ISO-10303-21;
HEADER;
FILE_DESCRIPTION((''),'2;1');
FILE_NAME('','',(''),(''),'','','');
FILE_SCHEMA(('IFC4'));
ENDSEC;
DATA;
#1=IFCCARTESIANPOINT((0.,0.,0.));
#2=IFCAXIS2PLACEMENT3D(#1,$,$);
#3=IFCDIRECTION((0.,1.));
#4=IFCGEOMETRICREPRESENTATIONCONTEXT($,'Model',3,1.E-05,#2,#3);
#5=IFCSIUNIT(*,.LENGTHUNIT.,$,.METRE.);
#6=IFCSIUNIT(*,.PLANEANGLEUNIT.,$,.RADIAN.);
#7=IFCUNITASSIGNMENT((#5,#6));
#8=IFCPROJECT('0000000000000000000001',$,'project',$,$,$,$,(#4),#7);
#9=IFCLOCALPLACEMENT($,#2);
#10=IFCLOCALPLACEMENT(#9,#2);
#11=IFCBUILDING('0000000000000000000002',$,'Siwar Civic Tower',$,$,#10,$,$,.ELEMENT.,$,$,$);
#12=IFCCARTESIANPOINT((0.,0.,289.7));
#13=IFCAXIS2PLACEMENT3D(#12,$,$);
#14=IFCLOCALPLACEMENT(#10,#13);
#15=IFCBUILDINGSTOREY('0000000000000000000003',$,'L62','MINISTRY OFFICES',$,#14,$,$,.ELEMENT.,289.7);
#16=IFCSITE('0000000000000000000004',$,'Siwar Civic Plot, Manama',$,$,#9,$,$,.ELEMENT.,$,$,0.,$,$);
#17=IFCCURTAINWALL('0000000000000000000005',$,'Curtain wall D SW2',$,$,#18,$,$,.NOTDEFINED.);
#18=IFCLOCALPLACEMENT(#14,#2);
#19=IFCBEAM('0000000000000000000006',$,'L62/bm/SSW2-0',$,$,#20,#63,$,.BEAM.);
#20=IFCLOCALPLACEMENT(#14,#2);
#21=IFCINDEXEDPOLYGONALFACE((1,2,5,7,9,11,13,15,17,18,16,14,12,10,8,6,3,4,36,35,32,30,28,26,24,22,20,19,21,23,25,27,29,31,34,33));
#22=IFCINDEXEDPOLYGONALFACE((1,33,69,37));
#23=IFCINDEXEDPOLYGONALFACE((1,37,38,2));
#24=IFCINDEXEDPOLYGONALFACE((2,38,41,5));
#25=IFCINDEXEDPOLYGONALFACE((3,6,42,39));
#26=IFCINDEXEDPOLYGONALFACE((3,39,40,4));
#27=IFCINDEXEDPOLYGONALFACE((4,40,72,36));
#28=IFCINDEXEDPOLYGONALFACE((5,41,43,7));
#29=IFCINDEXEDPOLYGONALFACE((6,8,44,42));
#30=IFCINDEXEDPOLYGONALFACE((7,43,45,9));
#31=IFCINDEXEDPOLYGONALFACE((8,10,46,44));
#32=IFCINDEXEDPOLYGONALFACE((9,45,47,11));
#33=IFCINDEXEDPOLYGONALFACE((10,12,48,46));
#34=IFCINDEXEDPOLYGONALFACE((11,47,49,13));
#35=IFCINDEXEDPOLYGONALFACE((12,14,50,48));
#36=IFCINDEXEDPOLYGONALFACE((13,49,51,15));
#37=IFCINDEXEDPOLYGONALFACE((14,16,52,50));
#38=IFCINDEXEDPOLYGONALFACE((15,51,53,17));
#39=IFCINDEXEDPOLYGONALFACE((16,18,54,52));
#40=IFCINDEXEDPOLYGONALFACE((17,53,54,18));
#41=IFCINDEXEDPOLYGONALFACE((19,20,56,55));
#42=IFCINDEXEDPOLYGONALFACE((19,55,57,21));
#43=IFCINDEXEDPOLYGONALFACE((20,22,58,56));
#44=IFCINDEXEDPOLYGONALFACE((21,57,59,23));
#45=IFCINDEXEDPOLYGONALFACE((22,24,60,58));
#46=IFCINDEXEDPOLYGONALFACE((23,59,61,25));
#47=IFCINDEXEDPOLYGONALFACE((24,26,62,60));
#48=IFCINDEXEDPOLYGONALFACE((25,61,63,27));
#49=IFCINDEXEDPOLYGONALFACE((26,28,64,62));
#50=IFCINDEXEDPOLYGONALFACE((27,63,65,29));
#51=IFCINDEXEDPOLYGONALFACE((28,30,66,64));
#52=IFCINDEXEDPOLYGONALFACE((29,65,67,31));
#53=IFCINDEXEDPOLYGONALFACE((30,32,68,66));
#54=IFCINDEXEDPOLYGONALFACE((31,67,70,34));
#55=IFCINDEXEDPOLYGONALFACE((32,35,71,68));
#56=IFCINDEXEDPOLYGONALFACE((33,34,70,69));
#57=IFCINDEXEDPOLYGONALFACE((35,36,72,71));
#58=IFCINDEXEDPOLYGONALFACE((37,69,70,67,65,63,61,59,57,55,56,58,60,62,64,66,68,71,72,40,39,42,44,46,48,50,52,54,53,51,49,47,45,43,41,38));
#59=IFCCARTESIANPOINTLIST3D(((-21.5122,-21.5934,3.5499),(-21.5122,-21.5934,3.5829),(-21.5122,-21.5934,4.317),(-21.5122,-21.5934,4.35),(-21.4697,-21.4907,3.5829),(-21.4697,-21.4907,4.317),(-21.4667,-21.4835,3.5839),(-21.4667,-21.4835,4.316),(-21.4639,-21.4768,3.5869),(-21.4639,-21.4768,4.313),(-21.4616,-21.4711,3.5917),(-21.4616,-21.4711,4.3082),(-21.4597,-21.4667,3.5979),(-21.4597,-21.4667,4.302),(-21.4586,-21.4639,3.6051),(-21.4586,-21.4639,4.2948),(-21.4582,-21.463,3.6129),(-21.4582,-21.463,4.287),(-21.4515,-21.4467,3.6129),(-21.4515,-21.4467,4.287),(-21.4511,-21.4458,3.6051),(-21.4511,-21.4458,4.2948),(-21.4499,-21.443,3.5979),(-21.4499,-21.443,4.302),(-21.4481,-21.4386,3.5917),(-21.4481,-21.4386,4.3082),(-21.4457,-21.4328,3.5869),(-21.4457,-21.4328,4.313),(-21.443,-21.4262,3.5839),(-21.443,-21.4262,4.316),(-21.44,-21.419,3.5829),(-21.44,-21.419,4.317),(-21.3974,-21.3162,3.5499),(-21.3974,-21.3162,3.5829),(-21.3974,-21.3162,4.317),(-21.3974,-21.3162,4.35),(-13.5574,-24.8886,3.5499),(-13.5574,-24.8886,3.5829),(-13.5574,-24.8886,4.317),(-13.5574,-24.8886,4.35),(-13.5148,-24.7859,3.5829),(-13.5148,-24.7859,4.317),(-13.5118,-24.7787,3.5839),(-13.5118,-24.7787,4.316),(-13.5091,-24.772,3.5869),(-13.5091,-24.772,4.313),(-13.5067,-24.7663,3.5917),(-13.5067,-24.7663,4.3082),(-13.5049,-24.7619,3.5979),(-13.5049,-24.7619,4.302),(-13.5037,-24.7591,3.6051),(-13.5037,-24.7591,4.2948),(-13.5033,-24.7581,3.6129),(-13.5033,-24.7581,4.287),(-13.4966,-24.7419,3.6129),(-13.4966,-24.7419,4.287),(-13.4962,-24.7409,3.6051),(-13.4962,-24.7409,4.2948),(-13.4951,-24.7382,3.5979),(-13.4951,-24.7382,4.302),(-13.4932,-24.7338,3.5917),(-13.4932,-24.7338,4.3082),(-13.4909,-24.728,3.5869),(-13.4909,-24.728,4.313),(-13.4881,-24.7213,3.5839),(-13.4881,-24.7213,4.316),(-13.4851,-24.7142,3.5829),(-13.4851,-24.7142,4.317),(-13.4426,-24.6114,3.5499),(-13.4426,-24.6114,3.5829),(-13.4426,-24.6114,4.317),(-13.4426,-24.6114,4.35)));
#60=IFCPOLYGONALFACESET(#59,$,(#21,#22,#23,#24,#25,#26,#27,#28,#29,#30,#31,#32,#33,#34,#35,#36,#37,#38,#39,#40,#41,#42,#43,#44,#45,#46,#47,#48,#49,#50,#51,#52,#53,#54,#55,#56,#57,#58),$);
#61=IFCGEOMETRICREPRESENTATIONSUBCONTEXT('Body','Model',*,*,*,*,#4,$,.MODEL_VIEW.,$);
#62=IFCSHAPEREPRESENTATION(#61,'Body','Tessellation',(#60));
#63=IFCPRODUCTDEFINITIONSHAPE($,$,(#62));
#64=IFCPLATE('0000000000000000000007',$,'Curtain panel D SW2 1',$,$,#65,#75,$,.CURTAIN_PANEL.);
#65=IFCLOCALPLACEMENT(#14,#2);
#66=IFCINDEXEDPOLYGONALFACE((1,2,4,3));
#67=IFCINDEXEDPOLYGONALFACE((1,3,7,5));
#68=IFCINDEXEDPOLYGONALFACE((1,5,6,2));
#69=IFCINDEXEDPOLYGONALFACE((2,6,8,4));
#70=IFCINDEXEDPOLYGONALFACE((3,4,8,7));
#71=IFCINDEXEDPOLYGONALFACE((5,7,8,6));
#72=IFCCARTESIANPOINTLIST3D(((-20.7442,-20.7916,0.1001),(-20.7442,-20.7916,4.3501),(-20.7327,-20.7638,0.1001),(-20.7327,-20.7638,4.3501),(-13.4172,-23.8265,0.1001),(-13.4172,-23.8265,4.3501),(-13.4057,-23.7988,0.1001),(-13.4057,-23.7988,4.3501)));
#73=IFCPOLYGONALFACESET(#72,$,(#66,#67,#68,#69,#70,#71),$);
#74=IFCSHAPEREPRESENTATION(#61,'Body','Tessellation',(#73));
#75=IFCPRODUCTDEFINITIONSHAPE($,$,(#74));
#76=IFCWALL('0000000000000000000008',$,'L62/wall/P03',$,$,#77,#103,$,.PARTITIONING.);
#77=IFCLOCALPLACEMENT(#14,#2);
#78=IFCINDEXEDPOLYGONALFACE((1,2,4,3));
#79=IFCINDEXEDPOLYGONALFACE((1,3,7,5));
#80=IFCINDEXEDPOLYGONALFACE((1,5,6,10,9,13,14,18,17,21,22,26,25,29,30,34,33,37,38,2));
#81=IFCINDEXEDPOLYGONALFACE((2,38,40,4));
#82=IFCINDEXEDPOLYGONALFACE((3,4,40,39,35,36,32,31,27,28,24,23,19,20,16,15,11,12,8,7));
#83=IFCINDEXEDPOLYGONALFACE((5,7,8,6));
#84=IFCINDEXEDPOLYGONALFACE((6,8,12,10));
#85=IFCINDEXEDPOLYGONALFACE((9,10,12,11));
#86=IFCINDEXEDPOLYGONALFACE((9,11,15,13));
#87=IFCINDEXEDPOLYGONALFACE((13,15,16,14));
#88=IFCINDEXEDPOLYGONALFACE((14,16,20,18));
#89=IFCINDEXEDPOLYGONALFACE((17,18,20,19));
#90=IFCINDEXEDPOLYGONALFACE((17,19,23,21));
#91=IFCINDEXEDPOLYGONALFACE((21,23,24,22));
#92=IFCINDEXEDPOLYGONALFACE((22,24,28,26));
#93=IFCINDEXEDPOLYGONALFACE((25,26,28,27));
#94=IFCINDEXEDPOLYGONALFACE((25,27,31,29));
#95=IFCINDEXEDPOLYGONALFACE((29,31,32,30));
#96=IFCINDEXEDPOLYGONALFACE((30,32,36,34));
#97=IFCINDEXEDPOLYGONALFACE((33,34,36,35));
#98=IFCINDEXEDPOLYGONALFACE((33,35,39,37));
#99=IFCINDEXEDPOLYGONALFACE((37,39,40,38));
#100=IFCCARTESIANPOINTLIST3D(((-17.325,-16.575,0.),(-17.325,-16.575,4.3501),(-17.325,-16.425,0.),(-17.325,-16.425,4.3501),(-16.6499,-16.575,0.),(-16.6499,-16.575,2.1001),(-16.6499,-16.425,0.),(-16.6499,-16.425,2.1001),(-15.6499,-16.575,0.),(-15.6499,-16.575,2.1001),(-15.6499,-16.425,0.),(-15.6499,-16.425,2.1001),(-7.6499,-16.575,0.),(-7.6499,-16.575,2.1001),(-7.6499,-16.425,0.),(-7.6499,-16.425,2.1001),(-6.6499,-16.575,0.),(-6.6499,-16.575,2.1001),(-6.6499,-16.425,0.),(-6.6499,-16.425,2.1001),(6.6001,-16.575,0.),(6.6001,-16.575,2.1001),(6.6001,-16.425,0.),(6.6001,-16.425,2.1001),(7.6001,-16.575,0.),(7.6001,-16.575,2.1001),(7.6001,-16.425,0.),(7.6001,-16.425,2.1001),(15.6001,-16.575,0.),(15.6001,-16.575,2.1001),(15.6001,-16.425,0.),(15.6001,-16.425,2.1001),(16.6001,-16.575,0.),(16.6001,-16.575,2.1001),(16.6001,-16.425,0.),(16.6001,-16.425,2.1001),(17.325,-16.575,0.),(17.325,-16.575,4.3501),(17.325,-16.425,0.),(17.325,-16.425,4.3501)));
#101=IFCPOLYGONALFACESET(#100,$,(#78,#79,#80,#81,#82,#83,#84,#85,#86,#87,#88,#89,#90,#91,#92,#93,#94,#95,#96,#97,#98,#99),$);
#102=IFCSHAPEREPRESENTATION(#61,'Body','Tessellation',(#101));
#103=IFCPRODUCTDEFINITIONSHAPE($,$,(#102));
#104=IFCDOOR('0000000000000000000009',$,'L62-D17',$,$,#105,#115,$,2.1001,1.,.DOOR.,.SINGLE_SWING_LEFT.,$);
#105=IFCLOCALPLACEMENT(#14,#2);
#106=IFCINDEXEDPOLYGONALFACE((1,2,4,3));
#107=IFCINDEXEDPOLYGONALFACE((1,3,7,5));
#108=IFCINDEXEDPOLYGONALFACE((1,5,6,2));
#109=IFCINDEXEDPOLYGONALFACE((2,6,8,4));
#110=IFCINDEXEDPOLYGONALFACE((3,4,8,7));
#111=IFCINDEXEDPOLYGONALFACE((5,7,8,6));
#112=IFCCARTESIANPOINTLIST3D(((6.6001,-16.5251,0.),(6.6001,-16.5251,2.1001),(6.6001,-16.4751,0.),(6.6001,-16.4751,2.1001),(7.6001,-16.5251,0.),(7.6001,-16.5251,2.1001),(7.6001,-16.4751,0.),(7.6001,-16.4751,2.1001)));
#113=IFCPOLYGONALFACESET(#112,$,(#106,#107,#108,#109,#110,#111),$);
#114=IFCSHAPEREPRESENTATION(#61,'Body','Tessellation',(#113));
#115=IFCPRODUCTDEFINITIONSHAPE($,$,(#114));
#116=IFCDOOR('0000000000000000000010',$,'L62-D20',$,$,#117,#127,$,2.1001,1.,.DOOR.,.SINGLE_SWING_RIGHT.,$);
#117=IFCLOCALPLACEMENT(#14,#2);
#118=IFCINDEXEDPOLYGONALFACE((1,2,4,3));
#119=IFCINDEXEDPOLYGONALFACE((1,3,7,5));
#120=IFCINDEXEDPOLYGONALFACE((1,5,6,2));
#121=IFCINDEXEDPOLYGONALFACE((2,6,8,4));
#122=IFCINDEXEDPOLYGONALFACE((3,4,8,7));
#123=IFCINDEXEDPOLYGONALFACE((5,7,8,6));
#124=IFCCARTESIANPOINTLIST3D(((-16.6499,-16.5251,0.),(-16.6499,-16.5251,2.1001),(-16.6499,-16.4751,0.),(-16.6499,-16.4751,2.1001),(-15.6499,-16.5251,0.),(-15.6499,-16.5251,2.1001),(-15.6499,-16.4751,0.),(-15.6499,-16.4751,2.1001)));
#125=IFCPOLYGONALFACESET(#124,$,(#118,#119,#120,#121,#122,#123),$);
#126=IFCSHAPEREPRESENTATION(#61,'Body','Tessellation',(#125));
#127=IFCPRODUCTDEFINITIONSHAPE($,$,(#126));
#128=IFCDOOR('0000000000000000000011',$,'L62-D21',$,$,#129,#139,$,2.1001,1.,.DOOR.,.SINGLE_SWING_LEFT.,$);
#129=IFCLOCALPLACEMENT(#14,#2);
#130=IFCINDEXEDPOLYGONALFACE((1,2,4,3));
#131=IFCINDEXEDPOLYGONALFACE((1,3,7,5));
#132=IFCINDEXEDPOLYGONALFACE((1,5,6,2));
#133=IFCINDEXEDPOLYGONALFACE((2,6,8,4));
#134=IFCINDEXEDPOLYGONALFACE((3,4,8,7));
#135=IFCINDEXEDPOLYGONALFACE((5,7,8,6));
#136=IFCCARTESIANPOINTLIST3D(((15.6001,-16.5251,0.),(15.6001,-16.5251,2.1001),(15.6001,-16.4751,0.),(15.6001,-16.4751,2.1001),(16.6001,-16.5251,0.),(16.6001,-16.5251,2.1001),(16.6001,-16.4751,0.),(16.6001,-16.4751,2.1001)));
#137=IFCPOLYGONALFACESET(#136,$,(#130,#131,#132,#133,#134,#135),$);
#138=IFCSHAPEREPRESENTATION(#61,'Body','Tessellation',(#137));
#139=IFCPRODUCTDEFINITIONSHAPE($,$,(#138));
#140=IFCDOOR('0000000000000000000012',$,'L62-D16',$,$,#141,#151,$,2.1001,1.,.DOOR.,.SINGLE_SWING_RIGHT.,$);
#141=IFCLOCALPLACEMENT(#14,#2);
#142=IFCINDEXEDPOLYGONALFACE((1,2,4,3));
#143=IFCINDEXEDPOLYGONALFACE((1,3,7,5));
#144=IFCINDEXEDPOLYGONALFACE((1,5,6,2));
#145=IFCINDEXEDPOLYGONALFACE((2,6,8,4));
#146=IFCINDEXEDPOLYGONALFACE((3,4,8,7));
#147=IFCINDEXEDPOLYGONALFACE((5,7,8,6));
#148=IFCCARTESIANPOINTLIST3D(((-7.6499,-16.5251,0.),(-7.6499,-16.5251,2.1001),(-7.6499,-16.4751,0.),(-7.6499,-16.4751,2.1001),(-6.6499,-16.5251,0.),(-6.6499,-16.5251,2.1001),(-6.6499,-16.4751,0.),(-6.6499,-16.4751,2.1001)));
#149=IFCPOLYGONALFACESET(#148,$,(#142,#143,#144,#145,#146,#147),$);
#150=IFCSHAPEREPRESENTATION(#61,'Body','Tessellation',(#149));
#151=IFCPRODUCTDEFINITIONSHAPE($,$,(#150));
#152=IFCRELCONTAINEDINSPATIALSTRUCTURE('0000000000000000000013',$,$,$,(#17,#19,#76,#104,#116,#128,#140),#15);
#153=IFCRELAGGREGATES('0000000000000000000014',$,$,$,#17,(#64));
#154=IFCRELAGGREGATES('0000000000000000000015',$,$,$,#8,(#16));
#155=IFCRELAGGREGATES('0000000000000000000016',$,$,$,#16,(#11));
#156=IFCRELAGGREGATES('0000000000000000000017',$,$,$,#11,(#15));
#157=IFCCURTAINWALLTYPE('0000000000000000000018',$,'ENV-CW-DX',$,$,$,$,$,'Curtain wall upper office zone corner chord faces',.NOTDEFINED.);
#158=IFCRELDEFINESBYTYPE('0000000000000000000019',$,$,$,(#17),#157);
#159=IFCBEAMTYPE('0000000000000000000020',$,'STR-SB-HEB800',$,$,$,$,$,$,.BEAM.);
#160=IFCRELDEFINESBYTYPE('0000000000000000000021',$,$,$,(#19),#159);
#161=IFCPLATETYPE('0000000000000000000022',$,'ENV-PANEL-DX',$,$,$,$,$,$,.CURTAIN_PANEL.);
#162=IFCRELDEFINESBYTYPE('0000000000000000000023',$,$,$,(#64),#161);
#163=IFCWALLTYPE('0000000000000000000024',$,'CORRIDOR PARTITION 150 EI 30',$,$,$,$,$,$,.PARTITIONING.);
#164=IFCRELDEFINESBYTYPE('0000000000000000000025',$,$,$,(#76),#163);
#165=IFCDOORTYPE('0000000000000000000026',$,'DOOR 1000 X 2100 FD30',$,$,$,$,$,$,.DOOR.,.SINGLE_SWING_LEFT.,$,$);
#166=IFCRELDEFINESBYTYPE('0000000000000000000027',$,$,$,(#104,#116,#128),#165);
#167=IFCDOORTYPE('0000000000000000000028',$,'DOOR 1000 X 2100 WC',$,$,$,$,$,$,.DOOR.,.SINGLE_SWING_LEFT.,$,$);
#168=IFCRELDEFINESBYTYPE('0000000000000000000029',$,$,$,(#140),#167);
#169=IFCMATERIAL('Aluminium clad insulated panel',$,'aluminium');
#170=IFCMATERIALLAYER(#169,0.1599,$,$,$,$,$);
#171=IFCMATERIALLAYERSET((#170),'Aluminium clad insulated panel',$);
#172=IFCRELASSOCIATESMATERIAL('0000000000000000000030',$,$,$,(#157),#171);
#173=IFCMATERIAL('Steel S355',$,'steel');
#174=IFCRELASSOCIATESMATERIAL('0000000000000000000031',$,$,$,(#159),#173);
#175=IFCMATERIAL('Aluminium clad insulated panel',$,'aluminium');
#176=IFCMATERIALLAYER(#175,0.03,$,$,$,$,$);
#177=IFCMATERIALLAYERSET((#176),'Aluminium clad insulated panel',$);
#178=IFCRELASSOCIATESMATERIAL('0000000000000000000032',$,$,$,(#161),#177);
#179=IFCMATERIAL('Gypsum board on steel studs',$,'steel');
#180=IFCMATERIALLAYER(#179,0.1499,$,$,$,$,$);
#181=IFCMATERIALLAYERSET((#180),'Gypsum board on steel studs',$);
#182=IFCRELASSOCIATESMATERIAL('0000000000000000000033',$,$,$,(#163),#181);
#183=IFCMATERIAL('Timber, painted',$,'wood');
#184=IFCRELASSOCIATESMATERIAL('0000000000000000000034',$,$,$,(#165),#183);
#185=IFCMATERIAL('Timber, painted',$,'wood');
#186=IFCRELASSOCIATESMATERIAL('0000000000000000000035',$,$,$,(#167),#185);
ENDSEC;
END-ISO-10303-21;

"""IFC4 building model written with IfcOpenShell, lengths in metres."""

from ifc_helpers import new_model, si_unit, direction, frame, frame_2d, origin, origin_2d, place, context, subcontext, project, spatial, rectangle, i_section, extrude, material, layer, layer_set, material_profile, profile_set, type_object, element, fill, aggregate, save


model = new_model("IFC4")

# Units and contexts
model_context = context("Model", 3, precision=1e-05, world=origin(), true_north=direction((0.0, 1.0)))
body_context = subcontext(model_context, "Body", "Model", "MODEL_VIEW")
ifc_project = project(units=[si_unit("LENGTHUNIT", "METRE"), si_unit("PLANEANGLEUNIT", "RADIAN")], contexts=[model_context])

# Site, building, storey
site_placement = place(None, origin())
site = spatial("IfcSite", under=ifc_project, at=site_placement, Name="Siwar Civic Plot, Manama", CompositionType="ELEMENT", RefElevation=0.0)
building_placement = place(site_placement, origin())
building = spatial("IfcBuilding", under=site, at=building_placement, Name="Siwar Civic Tower", CompositionType="ELEMENT")
storey_placement = place(building_placement, frame((0.0, 0.0, 289.7)))
storey = spatial("IfcBuildingStorey", under=building, at=storey_placement, Name="L62", Description="MINISTRY OFFICES", CompositionType="ELEMENT", Elevation=289.7)

# Curtain wall
ifc_material_1 = material(Name="Aluminium clad insulated panel", Category="aluminium")
ifc_layer_1 = layer(ifc_material_1, 0.1599)
ifc_layer_set_1 = layer_set([ifc_layer_1], Name="Aluminium clad insulated panel")
curtain_wall_type = type_object("IfcCurtainWallType", Name="ENV-CW-DX", ElementType="Curtain wall upper office zone corner chord faces", PredefinedType="NOTDEFINED", material=ifc_layer_set_1)
curtain_wall_placement = place(storey_placement, origin())
curtain_wall = element("IfcCurtainWall", 1, at=curtain_wall_placement, inside=storey, type_object=curtain_wall_type, Name="Curtain wall D SW2", PredefinedType="NOTDEFINED")

# Beam
ifc_material_2 = material(Name="Steel S355", Category="steel")
ifc_material_profile_1 = material_profile(ifc_material_2, i_section(OverallWidth=0.3, OverallDepth=0.8, WebThickness=0.0176, FlangeThickness=0.033, FilletRadius=0.03, at=origin_2d()), Name="HEB800")
ifc_profile_set_1 = profile_set([ifc_material_profile_1], Name="Steel S355")
beam_type_1 = type_object("IfcBeamType", Name="STR-SB-HEB800", PredefinedType="BEAM", material=ifc_profile_set_1)
beam_1_placement = place(storey_placement, frame((-21.4548, -21.4548, 3.95), z_axis=(0.923873, -0.3827, 0.0), x_axis=(0.3827, 0.923873, 0.0)))
element("IfcBeam", 2, at=beam_1_placement, inside=storey, type_object=beam_type_1, Name="L62/bm/SSW2-0", PredefinedType="BEAM", context=body_context, shape_type="SweptSolid", body=[
    extrude(i_section(OverallWidth=0.3, OverallDepth=0.8, WebThickness=0.0176, FlangeThickness=0.033, FilletRadius=0.03, at=origin_2d()), origin(), (0.0, 0.0, 1.0), 8.6104),
])

# Plate
ifc_material_3 = material(Name="Aluminium clad insulated panel", Category="aluminium")
ifc_layer_2 = layer(ifc_material_3, 0.03)
ifc_layer_set_2 = layer_set([ifc_layer_2], Name="Aluminium clad insulated panel")
plate_type = type_object("IfcPlateType", Name="ENV-PANEL-DX", PredefinedType="CURTAIN_PANEL", material=ifc_layer_set_2)
plate_placement = place(storey_placement, frame((-17.075, -22.2952, 0.1001), z_axis=(0.0, 0.0, 1.0), x_axis=(0.92388, -0.382683, 0.0)))
plate = element("IfcPlate", 3, at=plate_placement, type_object=plate_type, Name="Curtain panel D SW2 1", PredefinedType="CURTAIN_PANEL", context=body_context, shape_type="SweptSolid", body=[
    extrude(rectangle(XDim=7.9307, YDim=0.03, at=origin_2d()), origin(), (0.0, 0.0, 1.0), 4.25),
])
aggregate(curtain_wall, [plate])

# Wall, openings, doors
ifc_material_4 = material(Name="Gypsum board on steel studs", Category="steel")
ifc_layer_3 = layer(ifc_material_4, 0.1499)
ifc_layer_set_3 = layer_set([ifc_layer_3], Name="Gypsum board on steel studs")
wall_type = type_object("IfcWallType", Name="CORRIDOR PARTITION 150 EI 30", PredefinedType="PARTITIONING", material=ifc_layer_set_3)
wall_1_placement = place(storey_placement, frame((-17.325, -16.5, 0.0), z_axis=(0.0, 0.0, 1.0), x_axis=(1.0, 0.0, 0.0)))
wall_1 = element("IfcWall", 4, at=wall_1_placement, inside=storey, type_object=wall_type, Name="L62/wall/P03", PredefinedType="PARTITIONING", context=body_context, shape_type="SweptSolid", body=[
    extrude(rectangle(XDim=34.6499, YDim=0.1499, at=frame_2d((17.325, 0.0))), origin(), (0.0, 0.0, 1.0), 4.3501),
])
opening_1_placement = place(wall_1_placement, frame((9.675, 0.0, 0.0)))
opening_1 = element("IfcOpeningElement", 5, at=opening_1_placement, cuts=wall_1, PredefinedType="OPENING", context=body_context, shape_type="SweptSolid", body=[
    extrude(rectangle(XDim=1.0, YDim=2.1001, at=frame_2d((0.5, 1.05))), frame((0.0, 0.085, 0.0), z_axis=(0.0, -1.0, 0.0), x_axis=(1.0, 0.0, 0.0)), (0.0, 0.0, 1.0), 0.1699),
])
opening_2_placement = place(wall_1_placement, frame((23.925, 0.0, 0.0)))
opening_2 = element("IfcOpeningElement", 6, at=opening_2_placement, cuts=wall_1, PredefinedType="OPENING", context=body_context, shape_type="SweptSolid", body=[
    extrude(rectangle(XDim=1.0, YDim=2.1001, at=frame_2d((0.5, 1.05))), frame((0.0, 0.085, 0.0), z_axis=(0.0, -1.0, 0.0), x_axis=(1.0, 0.0, 0.0)), (0.0, 0.0, 1.0), 0.1699),
])
opening_3_placement = place(wall_1_placement, frame((0.675, 0.0, 0.0)))
opening_3 = element("IfcOpeningElement", 7, at=opening_3_placement, cuts=wall_1, PredefinedType="OPENING", context=body_context, shape_type="SweptSolid", body=[
    extrude(rectangle(XDim=1.0, YDim=2.1001, at=frame_2d((0.5, 1.05))), frame((0.0, 0.085, 0.0), z_axis=(0.0, -1.0, 0.0), x_axis=(1.0, 0.0, 0.0)), (0.0, 0.0, 1.0), 0.1699),
])
opening_4_placement = place(wall_1_placement, frame((32.925, 0.0, 0.0)))
opening_4 = element("IfcOpeningElement", 8, at=opening_4_placement, cuts=wall_1, PredefinedType="OPENING", context=body_context, shape_type="SweptSolid", body=[
    extrude(rectangle(XDim=1.0, YDim=2.1001, at=frame_2d((0.5, 1.05))), frame((0.0, 0.085, 0.0), z_axis=(0.0, -1.0, 0.0), x_axis=(1.0, 0.0, 0.0)), (0.0, 0.0, 1.0), 0.1699),
])
ifc_material_5 = material(Name="Timber, painted", Category="wood")
door_type_1 = type_object("IfcDoorType", Name="DOOR 1000 X 2100 FD30", OperationType="SINGLE_SWING_LEFT", PredefinedType="DOOR", material=ifc_material_5)
door_1_placement = place(opening_2_placement, origin())
door_1 = element("IfcDoor", 9, at=door_1_placement, inside=storey, type_object=door_type_1, Name="L62-D17", OperationType="SINGLE_SWING_LEFT", OverallHeight=2.1001, OverallWidth=1.0, PredefinedType="DOOR", context=body_context, shape_type="SweptSolid", body=[
    extrude(rectangle(XDim=1.0, YDim=2.1001, at=frame_2d((0.5, 1.05))), frame((0.0, 0.0249, 0.0), z_axis=(0.0, -1.0, 0.0), x_axis=(1.0, 0.0, 0.0)), (0.0, 0.0, 1.0), 0.05),
])
fill(opening_2, door_1)
door_2_placement = place(opening_3_placement, origin())
door_2 = element("IfcDoor", 10, at=door_2_placement, inside=storey, type_object=door_type_1, Name="L62-D20", OperationType="SINGLE_SWING_RIGHT", OverallHeight=2.1001, OverallWidth=1.0, PredefinedType="DOOR", context=body_context, shape_type="SweptSolid", body=[
    extrude(rectangle(XDim=1.0, YDim=2.1001, at=frame_2d((0.5, 1.05))), frame((0.0, 0.0249, 0.0), z_axis=(0.0, -1.0, 0.0), x_axis=(1.0, 0.0, 0.0)), (0.0, 0.0, 1.0), 0.05),
])
fill(opening_3, door_2)
door_3_placement = place(opening_4_placement, origin())
door_3 = element("IfcDoor", 11, at=door_3_placement, inside=storey, type_object=door_type_1, Name="L62-D21", OperationType="SINGLE_SWING_LEFT", OverallHeight=2.1001, OverallWidth=1.0, PredefinedType="DOOR", context=body_context, shape_type="SweptSolid", body=[
    extrude(rectangle(XDim=1.0, YDim=2.1001, at=frame_2d((0.5, 1.05))), frame((0.0, 0.0249, 0.0), z_axis=(0.0, -1.0, 0.0), x_axis=(1.0, 0.0, 0.0)), (0.0, 0.0, 1.0), 0.05),
])
fill(opening_4, door_3)
ifc_material_6 = material(Name="Timber, painted", Category="wood")
door_type_2 = type_object("IfcDoorType", Name="DOOR 1000 X 2100 WC", OperationType="SINGLE_SWING_LEFT", PredefinedType="DOOR", material=ifc_material_6)
door_4_placement = place(opening_1_placement, origin())
door_4 = element("IfcDoor", 12, at=door_4_placement, inside=storey, type_object=door_type_2, Name="L62-D16", OperationType="SINGLE_SWING_RIGHT", OverallHeight=2.1001, OverallWidth=1.0, PredefinedType="DOOR", context=body_context, shape_type="SweptSolid", body=[
    extrude(rectangle(XDim=1.0, YDim=2.1001, at=frame_2d((0.5, 1.05))), frame((0.0, 0.0249, 0.0), z_axis=(0.0, -1.0, 0.0), x_axis=(1.0, 0.0, 0.0)), (0.0, 0.0, 1.0), 0.05),
])
fill(opening_1, door_4)

save(model, "model.ifc")
